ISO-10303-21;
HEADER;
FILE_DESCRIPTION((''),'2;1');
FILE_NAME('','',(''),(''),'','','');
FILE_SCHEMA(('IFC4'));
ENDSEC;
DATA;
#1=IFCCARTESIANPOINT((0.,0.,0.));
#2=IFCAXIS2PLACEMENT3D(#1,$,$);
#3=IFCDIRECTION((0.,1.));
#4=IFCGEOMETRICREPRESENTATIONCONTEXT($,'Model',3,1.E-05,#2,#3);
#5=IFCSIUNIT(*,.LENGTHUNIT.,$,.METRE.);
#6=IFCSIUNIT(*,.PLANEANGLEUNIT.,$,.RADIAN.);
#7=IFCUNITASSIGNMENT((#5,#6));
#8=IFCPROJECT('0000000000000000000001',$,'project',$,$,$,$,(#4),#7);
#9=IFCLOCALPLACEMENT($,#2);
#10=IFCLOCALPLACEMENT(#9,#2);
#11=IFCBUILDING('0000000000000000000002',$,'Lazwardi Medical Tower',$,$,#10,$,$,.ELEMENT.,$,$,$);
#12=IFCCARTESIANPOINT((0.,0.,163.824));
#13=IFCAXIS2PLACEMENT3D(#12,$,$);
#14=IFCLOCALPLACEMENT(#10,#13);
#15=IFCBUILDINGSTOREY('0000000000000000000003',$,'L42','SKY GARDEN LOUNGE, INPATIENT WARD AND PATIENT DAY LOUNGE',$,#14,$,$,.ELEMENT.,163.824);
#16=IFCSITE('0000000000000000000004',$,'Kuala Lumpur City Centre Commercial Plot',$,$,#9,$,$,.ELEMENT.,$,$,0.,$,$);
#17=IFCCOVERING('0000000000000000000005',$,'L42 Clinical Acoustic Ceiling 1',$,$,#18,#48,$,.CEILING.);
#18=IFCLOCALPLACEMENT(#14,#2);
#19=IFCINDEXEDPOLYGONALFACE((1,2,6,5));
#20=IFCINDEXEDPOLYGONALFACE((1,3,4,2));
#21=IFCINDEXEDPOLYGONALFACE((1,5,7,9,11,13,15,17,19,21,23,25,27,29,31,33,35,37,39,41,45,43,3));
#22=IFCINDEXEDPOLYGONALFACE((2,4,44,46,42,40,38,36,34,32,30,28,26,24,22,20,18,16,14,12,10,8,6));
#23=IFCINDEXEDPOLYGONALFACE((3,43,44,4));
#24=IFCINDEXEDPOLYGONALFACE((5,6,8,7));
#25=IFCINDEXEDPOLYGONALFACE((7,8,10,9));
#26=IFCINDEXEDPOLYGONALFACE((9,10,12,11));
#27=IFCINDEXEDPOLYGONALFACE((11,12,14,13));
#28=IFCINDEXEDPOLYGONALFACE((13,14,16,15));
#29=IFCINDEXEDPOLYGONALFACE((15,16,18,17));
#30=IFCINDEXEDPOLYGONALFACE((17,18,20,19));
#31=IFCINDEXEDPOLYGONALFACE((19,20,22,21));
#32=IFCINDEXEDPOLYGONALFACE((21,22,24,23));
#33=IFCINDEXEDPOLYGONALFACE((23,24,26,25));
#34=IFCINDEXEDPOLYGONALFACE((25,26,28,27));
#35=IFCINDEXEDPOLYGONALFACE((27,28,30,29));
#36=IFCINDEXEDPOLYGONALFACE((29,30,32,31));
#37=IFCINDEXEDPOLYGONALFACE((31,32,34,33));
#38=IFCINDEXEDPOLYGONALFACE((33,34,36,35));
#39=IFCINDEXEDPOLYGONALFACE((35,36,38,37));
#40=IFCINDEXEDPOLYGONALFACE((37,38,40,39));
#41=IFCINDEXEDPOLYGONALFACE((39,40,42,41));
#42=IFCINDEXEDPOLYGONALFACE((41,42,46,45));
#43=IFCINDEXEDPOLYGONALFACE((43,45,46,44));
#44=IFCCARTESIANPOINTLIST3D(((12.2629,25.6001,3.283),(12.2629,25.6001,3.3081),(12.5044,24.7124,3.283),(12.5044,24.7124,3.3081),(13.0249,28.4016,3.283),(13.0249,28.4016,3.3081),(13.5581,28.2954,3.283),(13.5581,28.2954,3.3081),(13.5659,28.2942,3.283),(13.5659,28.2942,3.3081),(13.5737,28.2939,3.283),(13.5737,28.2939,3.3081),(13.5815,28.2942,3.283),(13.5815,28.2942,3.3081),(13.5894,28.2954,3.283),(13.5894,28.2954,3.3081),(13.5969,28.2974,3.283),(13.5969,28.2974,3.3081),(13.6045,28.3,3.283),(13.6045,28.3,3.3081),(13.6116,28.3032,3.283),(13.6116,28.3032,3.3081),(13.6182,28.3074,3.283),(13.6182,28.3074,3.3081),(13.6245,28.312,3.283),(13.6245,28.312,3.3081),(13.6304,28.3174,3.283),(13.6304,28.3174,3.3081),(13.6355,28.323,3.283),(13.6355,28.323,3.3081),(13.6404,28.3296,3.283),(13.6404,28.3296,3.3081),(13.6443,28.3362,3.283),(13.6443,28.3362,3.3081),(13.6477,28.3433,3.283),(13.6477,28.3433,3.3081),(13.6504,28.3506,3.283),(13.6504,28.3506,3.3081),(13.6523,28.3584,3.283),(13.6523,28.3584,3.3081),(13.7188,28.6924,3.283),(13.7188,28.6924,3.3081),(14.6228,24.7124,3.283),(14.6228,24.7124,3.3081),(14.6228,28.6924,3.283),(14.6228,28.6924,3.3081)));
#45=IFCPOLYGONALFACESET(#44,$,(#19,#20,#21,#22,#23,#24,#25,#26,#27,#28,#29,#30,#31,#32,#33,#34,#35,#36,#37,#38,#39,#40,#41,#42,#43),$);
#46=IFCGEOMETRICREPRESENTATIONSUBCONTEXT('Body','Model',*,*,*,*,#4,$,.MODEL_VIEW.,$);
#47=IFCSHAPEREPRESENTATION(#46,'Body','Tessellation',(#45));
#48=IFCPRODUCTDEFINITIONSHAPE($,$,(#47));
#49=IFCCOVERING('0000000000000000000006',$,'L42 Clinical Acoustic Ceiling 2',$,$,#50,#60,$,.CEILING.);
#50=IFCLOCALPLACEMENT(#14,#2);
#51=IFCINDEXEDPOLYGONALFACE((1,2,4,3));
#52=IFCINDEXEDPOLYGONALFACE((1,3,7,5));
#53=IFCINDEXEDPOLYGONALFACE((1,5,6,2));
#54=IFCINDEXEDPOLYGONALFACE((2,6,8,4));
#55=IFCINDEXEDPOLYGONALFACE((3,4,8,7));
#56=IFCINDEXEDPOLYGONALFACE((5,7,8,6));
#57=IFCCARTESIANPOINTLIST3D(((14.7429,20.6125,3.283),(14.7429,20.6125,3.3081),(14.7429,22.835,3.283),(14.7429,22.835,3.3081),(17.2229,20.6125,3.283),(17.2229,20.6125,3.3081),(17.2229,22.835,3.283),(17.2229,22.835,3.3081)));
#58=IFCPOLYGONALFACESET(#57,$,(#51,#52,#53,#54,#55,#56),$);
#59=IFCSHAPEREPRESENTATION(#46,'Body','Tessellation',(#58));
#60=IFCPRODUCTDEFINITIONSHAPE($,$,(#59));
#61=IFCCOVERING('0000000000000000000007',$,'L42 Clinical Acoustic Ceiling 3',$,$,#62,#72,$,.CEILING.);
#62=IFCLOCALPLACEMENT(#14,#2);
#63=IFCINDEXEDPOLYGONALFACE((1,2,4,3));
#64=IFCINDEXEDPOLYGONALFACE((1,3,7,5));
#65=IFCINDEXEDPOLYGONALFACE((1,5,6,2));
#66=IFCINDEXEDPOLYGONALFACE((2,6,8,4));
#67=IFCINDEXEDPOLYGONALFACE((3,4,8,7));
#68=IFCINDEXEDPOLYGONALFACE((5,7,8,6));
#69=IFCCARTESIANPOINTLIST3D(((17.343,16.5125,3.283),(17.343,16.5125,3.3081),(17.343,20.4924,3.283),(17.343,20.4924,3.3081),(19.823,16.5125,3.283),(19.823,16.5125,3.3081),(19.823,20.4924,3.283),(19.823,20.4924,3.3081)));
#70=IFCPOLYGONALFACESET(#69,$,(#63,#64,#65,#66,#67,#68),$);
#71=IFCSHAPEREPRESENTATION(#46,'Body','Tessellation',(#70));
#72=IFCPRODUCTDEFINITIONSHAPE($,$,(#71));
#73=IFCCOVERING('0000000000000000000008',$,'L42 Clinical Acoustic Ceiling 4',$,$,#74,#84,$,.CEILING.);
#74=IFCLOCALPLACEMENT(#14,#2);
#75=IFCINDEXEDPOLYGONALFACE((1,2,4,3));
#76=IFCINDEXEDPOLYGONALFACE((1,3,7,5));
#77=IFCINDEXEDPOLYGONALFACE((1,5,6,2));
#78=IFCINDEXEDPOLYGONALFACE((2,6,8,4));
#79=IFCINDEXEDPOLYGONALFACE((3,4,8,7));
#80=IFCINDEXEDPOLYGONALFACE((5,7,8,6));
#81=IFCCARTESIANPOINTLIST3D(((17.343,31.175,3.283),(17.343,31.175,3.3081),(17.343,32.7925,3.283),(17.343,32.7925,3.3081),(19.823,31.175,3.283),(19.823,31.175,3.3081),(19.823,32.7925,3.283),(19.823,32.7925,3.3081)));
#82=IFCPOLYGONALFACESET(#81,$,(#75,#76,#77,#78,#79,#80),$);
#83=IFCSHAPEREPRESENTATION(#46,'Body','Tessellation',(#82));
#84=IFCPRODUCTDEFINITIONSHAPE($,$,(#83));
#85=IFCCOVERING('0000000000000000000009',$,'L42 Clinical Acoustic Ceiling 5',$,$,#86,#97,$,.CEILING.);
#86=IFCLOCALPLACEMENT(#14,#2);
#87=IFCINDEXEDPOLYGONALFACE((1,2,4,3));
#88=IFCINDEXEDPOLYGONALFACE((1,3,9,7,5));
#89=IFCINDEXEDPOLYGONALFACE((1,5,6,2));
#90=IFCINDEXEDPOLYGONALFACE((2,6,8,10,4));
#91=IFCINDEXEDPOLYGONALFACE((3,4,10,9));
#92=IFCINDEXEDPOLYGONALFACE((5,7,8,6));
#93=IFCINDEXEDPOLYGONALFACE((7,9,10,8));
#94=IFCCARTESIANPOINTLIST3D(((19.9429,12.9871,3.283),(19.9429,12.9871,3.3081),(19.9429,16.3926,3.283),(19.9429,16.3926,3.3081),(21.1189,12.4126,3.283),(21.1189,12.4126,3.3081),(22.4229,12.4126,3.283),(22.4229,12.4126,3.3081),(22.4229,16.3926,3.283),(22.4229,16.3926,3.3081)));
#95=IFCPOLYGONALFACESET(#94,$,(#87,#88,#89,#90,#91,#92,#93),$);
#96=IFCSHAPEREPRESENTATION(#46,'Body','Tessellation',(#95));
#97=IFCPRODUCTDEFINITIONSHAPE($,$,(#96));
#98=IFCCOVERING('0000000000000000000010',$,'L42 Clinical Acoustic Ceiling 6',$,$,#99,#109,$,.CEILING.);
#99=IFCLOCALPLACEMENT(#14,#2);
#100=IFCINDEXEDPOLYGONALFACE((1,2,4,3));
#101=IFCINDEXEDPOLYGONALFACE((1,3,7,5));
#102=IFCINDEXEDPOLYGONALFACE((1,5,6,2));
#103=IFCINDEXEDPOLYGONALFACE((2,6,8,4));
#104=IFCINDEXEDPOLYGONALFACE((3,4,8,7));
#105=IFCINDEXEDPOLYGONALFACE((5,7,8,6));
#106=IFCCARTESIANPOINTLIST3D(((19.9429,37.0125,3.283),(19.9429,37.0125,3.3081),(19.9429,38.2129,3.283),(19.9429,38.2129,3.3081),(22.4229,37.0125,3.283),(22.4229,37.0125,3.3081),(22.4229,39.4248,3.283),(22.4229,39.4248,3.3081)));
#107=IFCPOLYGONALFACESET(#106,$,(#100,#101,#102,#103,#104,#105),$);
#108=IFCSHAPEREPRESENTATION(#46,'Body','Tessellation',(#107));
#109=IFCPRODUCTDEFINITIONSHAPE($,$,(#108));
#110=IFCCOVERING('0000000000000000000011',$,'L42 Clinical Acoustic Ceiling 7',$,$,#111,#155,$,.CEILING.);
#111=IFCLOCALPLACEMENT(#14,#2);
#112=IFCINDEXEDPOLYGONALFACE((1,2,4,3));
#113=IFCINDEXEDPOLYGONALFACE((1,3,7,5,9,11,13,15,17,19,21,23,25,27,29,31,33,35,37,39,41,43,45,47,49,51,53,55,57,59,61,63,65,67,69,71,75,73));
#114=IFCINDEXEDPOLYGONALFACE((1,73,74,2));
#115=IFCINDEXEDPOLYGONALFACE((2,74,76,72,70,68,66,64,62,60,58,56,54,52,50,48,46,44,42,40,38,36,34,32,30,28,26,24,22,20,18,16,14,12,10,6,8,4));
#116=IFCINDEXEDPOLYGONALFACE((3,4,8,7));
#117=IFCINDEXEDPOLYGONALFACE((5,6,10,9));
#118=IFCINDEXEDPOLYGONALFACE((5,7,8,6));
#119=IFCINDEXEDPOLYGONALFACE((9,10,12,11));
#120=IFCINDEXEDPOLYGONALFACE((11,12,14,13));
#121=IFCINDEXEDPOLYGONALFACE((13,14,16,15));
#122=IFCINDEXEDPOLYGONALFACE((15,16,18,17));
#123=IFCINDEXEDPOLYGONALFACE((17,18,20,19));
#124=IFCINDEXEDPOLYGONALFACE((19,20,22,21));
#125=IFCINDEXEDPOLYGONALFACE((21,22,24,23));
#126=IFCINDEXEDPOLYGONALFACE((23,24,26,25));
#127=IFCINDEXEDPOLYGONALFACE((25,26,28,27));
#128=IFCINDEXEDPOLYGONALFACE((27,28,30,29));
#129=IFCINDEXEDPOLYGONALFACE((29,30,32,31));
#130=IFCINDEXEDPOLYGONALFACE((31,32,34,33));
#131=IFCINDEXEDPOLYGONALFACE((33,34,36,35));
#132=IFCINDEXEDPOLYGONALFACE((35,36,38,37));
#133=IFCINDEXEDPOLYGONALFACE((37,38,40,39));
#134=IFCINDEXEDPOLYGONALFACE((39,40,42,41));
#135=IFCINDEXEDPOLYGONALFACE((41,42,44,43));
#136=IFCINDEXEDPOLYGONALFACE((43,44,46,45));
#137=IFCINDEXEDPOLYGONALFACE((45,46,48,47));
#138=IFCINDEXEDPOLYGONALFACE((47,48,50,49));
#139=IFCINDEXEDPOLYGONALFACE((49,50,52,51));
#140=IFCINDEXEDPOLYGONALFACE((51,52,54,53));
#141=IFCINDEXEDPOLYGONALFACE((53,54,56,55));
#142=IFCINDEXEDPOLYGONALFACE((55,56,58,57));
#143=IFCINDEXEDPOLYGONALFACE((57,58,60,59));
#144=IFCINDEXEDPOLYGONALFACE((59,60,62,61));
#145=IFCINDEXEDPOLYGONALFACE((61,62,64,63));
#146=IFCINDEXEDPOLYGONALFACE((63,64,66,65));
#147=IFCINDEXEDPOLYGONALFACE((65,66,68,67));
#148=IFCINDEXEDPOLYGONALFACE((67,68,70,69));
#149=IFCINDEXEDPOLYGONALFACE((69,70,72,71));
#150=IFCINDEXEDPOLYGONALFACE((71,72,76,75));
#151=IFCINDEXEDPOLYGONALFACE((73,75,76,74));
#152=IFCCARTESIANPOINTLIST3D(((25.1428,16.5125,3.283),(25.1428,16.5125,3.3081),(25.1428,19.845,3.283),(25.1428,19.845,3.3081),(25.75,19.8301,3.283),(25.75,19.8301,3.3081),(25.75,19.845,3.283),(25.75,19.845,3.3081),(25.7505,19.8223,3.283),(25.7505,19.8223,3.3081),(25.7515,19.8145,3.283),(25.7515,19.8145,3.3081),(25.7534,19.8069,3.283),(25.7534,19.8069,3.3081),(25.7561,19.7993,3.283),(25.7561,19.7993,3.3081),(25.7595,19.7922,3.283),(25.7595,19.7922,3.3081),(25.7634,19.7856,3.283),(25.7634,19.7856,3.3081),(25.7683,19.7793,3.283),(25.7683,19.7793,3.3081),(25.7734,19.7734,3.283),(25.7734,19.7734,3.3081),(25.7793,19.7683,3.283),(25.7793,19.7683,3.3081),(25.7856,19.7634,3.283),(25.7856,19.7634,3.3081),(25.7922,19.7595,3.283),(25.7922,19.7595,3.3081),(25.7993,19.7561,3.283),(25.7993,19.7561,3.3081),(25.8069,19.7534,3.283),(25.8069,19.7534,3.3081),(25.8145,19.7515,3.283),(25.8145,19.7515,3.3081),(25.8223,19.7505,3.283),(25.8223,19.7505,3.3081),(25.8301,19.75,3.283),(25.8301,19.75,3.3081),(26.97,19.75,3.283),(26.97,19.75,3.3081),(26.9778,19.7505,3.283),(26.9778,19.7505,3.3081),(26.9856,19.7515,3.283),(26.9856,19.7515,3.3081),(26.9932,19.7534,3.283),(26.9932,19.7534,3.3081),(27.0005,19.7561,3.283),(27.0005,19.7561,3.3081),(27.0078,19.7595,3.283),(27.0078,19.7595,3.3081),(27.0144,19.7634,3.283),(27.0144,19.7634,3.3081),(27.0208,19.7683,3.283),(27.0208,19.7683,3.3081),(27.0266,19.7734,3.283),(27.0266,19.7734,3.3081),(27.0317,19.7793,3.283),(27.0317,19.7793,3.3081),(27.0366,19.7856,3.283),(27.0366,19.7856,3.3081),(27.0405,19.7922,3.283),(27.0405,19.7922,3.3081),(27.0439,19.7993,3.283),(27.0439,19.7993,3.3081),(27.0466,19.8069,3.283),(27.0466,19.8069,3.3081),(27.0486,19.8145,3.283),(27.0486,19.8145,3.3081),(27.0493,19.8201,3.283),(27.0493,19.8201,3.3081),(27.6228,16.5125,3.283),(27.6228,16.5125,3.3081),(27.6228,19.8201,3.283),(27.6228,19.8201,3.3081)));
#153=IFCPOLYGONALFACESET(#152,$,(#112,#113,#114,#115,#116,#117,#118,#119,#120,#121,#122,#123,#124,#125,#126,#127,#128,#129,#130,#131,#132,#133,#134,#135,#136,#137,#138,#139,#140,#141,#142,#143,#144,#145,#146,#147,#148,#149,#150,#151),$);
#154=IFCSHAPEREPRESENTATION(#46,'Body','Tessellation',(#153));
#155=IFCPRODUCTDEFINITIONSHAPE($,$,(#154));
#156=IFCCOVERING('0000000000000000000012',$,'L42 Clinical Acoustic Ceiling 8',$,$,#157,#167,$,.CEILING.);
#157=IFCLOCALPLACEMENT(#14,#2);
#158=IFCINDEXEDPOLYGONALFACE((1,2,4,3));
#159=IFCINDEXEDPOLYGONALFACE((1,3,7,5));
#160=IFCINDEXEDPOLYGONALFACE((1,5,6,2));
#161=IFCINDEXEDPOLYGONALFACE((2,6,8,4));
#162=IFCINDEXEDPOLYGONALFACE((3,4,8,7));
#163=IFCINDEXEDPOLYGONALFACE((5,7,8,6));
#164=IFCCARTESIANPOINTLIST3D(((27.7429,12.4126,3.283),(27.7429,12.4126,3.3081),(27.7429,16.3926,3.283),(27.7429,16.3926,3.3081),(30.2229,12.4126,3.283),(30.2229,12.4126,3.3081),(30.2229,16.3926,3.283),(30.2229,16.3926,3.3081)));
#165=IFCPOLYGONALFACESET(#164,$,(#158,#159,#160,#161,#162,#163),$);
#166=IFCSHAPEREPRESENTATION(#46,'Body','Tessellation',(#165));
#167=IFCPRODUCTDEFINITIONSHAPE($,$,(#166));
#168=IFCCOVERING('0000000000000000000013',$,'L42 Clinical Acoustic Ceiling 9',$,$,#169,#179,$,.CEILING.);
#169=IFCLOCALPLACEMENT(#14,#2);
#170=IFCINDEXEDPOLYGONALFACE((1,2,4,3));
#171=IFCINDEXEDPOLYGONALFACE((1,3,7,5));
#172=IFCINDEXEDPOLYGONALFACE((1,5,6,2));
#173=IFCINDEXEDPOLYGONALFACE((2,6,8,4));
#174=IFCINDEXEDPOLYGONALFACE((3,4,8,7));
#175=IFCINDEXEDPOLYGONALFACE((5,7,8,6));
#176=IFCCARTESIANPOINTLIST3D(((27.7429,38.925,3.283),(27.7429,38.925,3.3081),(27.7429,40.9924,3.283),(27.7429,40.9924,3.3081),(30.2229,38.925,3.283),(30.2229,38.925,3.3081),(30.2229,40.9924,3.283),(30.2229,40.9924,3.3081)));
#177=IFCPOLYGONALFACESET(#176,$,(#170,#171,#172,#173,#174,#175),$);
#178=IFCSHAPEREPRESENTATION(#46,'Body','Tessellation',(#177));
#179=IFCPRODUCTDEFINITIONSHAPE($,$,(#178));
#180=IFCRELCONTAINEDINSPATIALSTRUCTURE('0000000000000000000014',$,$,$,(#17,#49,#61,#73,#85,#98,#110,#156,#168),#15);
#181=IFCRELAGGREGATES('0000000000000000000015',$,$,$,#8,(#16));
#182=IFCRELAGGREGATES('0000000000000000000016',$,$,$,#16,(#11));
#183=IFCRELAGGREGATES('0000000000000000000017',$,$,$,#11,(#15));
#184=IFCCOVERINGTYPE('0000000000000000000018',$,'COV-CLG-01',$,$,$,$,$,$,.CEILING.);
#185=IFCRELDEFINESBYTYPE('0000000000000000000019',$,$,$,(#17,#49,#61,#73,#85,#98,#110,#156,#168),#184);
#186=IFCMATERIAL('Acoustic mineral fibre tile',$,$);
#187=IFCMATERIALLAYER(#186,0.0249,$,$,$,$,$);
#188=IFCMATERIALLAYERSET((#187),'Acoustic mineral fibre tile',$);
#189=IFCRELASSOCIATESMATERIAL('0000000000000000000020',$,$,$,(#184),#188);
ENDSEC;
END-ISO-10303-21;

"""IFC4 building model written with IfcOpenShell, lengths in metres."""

from ifc_helpers import new_model, si_unit, direction, frame, origin, place, context, subcontext, project, spatial, polyline, outline, extrude, material, layer, layer_set, type_object, element, save


model = new_model("IFC4")

# Units and contexts
model_context = context("Model", 3, precision=1e-05, world=origin(), true_north=direction((0.0, 1.0)))
body_context = subcontext(model_context, "Body", "Model", "MODEL_VIEW")
ifc_project = project(units=[si_unit("LENGTHUNIT", "METRE"), si_unit("PLANEANGLEUNIT", "RADIAN")], contexts=[model_context])

# Site, building, storey
site_placement = place(None, origin())
site = spatial("IfcSite", under=ifc_project, at=site_placement, Name="Kuala Lumpur City Centre Commercial Plot", CompositionType="ELEMENT", RefElevation=0.0)
building_placement = place(site_placement, origin())
building = spatial("IfcBuilding", under=site, at=building_placement, Name="Lazwardi Medical Tower", CompositionType="ELEMENT")
storey_placement = place(building_placement, frame((0.0, 0.0, 163.824)))
storey = spatial("IfcBuildingStorey", under=building, at=storey_placement, Name="L42", Description="SKY GARDEN LOUNGE, INPATIENT WARD AND PATIENT DAY LOUNGE", CompositionType="ELEMENT", Elevation=163.824)

# Coverings
ifc_material_1 = material(Name="Acoustic mineral fibre tile")
ifc_layer_1 = layer(ifc_material_1, 0.0249)
ifc_layer_set_1 = layer_set([ifc_layer_1], Name="Acoustic mineral fibre tile")
covering_type_1 = type_object("IfcCoveringType", Name="COV-CLG-01", PredefinedType="CEILING", material=ifc_layer_set_1)
covering_1_placement = place(storey_placement, frame((0.0, 0.0, 3.283)))
element("IfcCovering", 1, at=covering_1_placement, inside=storey, type_object=covering_type_1, Name="L42 Clinical Acoustic Ceiling 1", PredefinedType="CEILING", context=body_context, shape_type="SweptSolid", body=[
    extrude(outline(polyline([(13.7188, 28.6924), (13.6523, 28.3584), (13.6504, 28.3506), (13.6477, 28.3433), (13.6443, 28.3362), (13.6404, 28.3296), (13.6355, 28.323), (13.6304, 28.3174), (13.6245, 28.312), (13.6182, 28.3074), (13.6116, 28.3032), (13.6045, 28.3), (13.5969, 28.2974), (13.5894, 28.2954), (13.5815, 28.2942), (13.5737, 28.2939), (13.5659, 28.2942), (13.5581, 28.2954), (13.0249, 28.4016), (12.2629, 25.6001), (12.5044, 24.7124), (14.6228, 24.7124), (14.6228, 28.6924), (13.7188, 28.6924)])), origin(), (0.0, 0.0, 1.0), 0.0251),
])
covering_2_placement = place(storey_placement, frame((0.0, 0.0, 3.283)))
element("IfcCovering", 2, at=covering_2_placement, inside=storey, type_object=covering_type_1, Name="L42 Clinical Acoustic Ceiling 2", PredefinedType="CEILING", context=body_context, shape_type="SweptSolid", body=[
    extrude(outline(polyline([(17.2229, 22.835), (14.7429, 22.835), (14.7429, 20.6125), (17.2229, 20.6125), (17.2229, 22.835)])), origin(), (0.0, 0.0, 1.0), 0.0251),
])
covering_3_placement = place(storey_placement, frame((0.0, 0.0, 3.283)))
element("IfcCovering", 3, at=covering_3_placement, inside=storey, type_object=covering_type_1, Name="L42 Clinical Acoustic Ceiling 3", PredefinedType="CEILING", context=body_context, shape_type="SweptSolid", body=[
    extrude(outline(polyline([(19.823, 16.5125), (19.823, 20.4924), (17.343, 20.4924), (17.343, 16.5125), (19.823, 16.5125)])), origin(), (0.0, 0.0, 1.0), 0.0251),
])
covering_4_placement = place(storey_placement, frame((0.0, 0.0, 3.283)))
element("IfcCovering", 4, at=covering_4_placement, inside=storey, type_object=covering_type_1, Name="L42 Clinical Acoustic Ceiling 4", PredefinedType="CEILING", context=body_context, shape_type="SweptSolid", body=[
    extrude(outline(polyline([(17.343, 31.175), (19.823, 31.175), (19.823, 32.7925), (17.343, 32.7925), (17.343, 31.175)])), origin(), (0.0, 0.0, 1.0), 0.0251),
])
covering_5_placement = place(storey_placement, frame((0.0, 0.0, 3.283)))
element("IfcCovering", 5, at=covering_5_placement, inside=storey, type_object=covering_type_1, Name="L42 Clinical Acoustic Ceiling 5", PredefinedType="CEILING", context=body_context, shape_type="SweptSolid", body=[
    extrude(outline(polyline([(19.9429, 12.9871), (21.1189, 12.4126), (22.4229, 12.4126), (22.4229, 16.3926), (19.9429, 16.3926), (19.9429, 12.9871)])), origin(), (0.0, 0.0, 1.0), 0.0251),
])
covering_6_placement = place(storey_placement, frame((0.0, 0.0, 3.283)))
element("IfcCovering", 6, at=covering_6_placement, inside=storey, type_object=covering_type_1, Name="L42 Clinical Acoustic Ceiling 6", PredefinedType="CEILING", context=body_context, shape_type="SweptSolid", body=[
    extrude(outline(polyline([(22.4229, 39.4248), (19.9429, 38.2129), (19.9429, 37.0125), (22.4229, 37.0125), (22.4229, 39.4248)])), origin(), (0.0, 0.0, 1.0), 0.0251),
])
covering_7_placement = place(storey_placement, frame((0.0, 0.0, 3.283)))
element("IfcCovering", 7, at=covering_7_placement, inside=storey, type_object=covering_type_1, Name="L42 Clinical Acoustic Ceiling 7", PredefinedType="CEILING", context=body_context, shape_type="SweptSolid", body=[
    extrude(outline(polyline([(27.6228, 19.8201), (27.0493, 19.8201), (27.0486, 19.8145), (27.0466, 19.8069), (27.0439, 19.7993), (27.0405, 19.7922), (27.0366, 19.7856), (27.0317, 19.7793), (27.0266, 19.7734), (27.0208, 19.7683), (27.0144, 19.7634), (27.0078, 19.7595), (27.0005, 19.7561), (26.9932, 19.7534), (26.9856, 19.7515), (26.9778, 19.7505), (26.97, 19.75), (25.8301, 19.75), (25.8223, 19.7505), (25.8145, 19.7515), (25.8069, 19.7534), (25.7993, 19.7561), (25.7922, 19.7595), (25.7856, 19.7634), (25.7793, 19.7683), (25.7734, 19.7734), (25.7683, 19.7793), (25.7634, 19.7856), (25.7595, 19.7922), (25.7561, 19.7993), (25.7534, 19.8069), (25.7515, 19.8145), (25.7505, 19.8223), (25.75, 19.8301), (25.75, 19.845), (25.1428, 19.845), (25.1428, 16.5125), (27.6228, 16.5125), (27.6228, 19.8201)])), origin(), (0.0, 0.0, 1.0), 0.0251),
])
covering_8_placement = place(storey_placement, frame((0.0, 0.0, 3.283)))
element("IfcCovering", 8, at=covering_8_placement, inside=storey, type_object=covering_type_1, Name="L42 Clinical Acoustic Ceiling 8", PredefinedType="CEILING", context=body_context, shape_type="SweptSolid", body=[
    extrude(outline(polyline([(30.2229, 12.4126), (30.2229, 16.3926), (27.7429, 16.3926), (27.7429, 12.4126), (30.2229, 12.4126)])), origin(), (0.0, 0.0, 1.0), 0.0251),
])
covering_9_placement = place(storey_placement, frame((0.0, 0.0, 3.283)))
element("IfcCovering", 9, at=covering_9_placement, inside=storey, type_object=covering_type_1, Name="L42 Clinical Acoustic Ceiling 9", PredefinedType="CEILING", context=body_context, shape_type="SweptSolid", body=[
    extrude(outline(polyline([(27.7429, 38.925), (30.2229, 38.925), (30.2229, 40.9924), (27.7429, 40.9924), (27.7429, 38.925)])), origin(), (0.0, 0.0, 1.0), 0.0251),
])

save(model, "model.ifc")
